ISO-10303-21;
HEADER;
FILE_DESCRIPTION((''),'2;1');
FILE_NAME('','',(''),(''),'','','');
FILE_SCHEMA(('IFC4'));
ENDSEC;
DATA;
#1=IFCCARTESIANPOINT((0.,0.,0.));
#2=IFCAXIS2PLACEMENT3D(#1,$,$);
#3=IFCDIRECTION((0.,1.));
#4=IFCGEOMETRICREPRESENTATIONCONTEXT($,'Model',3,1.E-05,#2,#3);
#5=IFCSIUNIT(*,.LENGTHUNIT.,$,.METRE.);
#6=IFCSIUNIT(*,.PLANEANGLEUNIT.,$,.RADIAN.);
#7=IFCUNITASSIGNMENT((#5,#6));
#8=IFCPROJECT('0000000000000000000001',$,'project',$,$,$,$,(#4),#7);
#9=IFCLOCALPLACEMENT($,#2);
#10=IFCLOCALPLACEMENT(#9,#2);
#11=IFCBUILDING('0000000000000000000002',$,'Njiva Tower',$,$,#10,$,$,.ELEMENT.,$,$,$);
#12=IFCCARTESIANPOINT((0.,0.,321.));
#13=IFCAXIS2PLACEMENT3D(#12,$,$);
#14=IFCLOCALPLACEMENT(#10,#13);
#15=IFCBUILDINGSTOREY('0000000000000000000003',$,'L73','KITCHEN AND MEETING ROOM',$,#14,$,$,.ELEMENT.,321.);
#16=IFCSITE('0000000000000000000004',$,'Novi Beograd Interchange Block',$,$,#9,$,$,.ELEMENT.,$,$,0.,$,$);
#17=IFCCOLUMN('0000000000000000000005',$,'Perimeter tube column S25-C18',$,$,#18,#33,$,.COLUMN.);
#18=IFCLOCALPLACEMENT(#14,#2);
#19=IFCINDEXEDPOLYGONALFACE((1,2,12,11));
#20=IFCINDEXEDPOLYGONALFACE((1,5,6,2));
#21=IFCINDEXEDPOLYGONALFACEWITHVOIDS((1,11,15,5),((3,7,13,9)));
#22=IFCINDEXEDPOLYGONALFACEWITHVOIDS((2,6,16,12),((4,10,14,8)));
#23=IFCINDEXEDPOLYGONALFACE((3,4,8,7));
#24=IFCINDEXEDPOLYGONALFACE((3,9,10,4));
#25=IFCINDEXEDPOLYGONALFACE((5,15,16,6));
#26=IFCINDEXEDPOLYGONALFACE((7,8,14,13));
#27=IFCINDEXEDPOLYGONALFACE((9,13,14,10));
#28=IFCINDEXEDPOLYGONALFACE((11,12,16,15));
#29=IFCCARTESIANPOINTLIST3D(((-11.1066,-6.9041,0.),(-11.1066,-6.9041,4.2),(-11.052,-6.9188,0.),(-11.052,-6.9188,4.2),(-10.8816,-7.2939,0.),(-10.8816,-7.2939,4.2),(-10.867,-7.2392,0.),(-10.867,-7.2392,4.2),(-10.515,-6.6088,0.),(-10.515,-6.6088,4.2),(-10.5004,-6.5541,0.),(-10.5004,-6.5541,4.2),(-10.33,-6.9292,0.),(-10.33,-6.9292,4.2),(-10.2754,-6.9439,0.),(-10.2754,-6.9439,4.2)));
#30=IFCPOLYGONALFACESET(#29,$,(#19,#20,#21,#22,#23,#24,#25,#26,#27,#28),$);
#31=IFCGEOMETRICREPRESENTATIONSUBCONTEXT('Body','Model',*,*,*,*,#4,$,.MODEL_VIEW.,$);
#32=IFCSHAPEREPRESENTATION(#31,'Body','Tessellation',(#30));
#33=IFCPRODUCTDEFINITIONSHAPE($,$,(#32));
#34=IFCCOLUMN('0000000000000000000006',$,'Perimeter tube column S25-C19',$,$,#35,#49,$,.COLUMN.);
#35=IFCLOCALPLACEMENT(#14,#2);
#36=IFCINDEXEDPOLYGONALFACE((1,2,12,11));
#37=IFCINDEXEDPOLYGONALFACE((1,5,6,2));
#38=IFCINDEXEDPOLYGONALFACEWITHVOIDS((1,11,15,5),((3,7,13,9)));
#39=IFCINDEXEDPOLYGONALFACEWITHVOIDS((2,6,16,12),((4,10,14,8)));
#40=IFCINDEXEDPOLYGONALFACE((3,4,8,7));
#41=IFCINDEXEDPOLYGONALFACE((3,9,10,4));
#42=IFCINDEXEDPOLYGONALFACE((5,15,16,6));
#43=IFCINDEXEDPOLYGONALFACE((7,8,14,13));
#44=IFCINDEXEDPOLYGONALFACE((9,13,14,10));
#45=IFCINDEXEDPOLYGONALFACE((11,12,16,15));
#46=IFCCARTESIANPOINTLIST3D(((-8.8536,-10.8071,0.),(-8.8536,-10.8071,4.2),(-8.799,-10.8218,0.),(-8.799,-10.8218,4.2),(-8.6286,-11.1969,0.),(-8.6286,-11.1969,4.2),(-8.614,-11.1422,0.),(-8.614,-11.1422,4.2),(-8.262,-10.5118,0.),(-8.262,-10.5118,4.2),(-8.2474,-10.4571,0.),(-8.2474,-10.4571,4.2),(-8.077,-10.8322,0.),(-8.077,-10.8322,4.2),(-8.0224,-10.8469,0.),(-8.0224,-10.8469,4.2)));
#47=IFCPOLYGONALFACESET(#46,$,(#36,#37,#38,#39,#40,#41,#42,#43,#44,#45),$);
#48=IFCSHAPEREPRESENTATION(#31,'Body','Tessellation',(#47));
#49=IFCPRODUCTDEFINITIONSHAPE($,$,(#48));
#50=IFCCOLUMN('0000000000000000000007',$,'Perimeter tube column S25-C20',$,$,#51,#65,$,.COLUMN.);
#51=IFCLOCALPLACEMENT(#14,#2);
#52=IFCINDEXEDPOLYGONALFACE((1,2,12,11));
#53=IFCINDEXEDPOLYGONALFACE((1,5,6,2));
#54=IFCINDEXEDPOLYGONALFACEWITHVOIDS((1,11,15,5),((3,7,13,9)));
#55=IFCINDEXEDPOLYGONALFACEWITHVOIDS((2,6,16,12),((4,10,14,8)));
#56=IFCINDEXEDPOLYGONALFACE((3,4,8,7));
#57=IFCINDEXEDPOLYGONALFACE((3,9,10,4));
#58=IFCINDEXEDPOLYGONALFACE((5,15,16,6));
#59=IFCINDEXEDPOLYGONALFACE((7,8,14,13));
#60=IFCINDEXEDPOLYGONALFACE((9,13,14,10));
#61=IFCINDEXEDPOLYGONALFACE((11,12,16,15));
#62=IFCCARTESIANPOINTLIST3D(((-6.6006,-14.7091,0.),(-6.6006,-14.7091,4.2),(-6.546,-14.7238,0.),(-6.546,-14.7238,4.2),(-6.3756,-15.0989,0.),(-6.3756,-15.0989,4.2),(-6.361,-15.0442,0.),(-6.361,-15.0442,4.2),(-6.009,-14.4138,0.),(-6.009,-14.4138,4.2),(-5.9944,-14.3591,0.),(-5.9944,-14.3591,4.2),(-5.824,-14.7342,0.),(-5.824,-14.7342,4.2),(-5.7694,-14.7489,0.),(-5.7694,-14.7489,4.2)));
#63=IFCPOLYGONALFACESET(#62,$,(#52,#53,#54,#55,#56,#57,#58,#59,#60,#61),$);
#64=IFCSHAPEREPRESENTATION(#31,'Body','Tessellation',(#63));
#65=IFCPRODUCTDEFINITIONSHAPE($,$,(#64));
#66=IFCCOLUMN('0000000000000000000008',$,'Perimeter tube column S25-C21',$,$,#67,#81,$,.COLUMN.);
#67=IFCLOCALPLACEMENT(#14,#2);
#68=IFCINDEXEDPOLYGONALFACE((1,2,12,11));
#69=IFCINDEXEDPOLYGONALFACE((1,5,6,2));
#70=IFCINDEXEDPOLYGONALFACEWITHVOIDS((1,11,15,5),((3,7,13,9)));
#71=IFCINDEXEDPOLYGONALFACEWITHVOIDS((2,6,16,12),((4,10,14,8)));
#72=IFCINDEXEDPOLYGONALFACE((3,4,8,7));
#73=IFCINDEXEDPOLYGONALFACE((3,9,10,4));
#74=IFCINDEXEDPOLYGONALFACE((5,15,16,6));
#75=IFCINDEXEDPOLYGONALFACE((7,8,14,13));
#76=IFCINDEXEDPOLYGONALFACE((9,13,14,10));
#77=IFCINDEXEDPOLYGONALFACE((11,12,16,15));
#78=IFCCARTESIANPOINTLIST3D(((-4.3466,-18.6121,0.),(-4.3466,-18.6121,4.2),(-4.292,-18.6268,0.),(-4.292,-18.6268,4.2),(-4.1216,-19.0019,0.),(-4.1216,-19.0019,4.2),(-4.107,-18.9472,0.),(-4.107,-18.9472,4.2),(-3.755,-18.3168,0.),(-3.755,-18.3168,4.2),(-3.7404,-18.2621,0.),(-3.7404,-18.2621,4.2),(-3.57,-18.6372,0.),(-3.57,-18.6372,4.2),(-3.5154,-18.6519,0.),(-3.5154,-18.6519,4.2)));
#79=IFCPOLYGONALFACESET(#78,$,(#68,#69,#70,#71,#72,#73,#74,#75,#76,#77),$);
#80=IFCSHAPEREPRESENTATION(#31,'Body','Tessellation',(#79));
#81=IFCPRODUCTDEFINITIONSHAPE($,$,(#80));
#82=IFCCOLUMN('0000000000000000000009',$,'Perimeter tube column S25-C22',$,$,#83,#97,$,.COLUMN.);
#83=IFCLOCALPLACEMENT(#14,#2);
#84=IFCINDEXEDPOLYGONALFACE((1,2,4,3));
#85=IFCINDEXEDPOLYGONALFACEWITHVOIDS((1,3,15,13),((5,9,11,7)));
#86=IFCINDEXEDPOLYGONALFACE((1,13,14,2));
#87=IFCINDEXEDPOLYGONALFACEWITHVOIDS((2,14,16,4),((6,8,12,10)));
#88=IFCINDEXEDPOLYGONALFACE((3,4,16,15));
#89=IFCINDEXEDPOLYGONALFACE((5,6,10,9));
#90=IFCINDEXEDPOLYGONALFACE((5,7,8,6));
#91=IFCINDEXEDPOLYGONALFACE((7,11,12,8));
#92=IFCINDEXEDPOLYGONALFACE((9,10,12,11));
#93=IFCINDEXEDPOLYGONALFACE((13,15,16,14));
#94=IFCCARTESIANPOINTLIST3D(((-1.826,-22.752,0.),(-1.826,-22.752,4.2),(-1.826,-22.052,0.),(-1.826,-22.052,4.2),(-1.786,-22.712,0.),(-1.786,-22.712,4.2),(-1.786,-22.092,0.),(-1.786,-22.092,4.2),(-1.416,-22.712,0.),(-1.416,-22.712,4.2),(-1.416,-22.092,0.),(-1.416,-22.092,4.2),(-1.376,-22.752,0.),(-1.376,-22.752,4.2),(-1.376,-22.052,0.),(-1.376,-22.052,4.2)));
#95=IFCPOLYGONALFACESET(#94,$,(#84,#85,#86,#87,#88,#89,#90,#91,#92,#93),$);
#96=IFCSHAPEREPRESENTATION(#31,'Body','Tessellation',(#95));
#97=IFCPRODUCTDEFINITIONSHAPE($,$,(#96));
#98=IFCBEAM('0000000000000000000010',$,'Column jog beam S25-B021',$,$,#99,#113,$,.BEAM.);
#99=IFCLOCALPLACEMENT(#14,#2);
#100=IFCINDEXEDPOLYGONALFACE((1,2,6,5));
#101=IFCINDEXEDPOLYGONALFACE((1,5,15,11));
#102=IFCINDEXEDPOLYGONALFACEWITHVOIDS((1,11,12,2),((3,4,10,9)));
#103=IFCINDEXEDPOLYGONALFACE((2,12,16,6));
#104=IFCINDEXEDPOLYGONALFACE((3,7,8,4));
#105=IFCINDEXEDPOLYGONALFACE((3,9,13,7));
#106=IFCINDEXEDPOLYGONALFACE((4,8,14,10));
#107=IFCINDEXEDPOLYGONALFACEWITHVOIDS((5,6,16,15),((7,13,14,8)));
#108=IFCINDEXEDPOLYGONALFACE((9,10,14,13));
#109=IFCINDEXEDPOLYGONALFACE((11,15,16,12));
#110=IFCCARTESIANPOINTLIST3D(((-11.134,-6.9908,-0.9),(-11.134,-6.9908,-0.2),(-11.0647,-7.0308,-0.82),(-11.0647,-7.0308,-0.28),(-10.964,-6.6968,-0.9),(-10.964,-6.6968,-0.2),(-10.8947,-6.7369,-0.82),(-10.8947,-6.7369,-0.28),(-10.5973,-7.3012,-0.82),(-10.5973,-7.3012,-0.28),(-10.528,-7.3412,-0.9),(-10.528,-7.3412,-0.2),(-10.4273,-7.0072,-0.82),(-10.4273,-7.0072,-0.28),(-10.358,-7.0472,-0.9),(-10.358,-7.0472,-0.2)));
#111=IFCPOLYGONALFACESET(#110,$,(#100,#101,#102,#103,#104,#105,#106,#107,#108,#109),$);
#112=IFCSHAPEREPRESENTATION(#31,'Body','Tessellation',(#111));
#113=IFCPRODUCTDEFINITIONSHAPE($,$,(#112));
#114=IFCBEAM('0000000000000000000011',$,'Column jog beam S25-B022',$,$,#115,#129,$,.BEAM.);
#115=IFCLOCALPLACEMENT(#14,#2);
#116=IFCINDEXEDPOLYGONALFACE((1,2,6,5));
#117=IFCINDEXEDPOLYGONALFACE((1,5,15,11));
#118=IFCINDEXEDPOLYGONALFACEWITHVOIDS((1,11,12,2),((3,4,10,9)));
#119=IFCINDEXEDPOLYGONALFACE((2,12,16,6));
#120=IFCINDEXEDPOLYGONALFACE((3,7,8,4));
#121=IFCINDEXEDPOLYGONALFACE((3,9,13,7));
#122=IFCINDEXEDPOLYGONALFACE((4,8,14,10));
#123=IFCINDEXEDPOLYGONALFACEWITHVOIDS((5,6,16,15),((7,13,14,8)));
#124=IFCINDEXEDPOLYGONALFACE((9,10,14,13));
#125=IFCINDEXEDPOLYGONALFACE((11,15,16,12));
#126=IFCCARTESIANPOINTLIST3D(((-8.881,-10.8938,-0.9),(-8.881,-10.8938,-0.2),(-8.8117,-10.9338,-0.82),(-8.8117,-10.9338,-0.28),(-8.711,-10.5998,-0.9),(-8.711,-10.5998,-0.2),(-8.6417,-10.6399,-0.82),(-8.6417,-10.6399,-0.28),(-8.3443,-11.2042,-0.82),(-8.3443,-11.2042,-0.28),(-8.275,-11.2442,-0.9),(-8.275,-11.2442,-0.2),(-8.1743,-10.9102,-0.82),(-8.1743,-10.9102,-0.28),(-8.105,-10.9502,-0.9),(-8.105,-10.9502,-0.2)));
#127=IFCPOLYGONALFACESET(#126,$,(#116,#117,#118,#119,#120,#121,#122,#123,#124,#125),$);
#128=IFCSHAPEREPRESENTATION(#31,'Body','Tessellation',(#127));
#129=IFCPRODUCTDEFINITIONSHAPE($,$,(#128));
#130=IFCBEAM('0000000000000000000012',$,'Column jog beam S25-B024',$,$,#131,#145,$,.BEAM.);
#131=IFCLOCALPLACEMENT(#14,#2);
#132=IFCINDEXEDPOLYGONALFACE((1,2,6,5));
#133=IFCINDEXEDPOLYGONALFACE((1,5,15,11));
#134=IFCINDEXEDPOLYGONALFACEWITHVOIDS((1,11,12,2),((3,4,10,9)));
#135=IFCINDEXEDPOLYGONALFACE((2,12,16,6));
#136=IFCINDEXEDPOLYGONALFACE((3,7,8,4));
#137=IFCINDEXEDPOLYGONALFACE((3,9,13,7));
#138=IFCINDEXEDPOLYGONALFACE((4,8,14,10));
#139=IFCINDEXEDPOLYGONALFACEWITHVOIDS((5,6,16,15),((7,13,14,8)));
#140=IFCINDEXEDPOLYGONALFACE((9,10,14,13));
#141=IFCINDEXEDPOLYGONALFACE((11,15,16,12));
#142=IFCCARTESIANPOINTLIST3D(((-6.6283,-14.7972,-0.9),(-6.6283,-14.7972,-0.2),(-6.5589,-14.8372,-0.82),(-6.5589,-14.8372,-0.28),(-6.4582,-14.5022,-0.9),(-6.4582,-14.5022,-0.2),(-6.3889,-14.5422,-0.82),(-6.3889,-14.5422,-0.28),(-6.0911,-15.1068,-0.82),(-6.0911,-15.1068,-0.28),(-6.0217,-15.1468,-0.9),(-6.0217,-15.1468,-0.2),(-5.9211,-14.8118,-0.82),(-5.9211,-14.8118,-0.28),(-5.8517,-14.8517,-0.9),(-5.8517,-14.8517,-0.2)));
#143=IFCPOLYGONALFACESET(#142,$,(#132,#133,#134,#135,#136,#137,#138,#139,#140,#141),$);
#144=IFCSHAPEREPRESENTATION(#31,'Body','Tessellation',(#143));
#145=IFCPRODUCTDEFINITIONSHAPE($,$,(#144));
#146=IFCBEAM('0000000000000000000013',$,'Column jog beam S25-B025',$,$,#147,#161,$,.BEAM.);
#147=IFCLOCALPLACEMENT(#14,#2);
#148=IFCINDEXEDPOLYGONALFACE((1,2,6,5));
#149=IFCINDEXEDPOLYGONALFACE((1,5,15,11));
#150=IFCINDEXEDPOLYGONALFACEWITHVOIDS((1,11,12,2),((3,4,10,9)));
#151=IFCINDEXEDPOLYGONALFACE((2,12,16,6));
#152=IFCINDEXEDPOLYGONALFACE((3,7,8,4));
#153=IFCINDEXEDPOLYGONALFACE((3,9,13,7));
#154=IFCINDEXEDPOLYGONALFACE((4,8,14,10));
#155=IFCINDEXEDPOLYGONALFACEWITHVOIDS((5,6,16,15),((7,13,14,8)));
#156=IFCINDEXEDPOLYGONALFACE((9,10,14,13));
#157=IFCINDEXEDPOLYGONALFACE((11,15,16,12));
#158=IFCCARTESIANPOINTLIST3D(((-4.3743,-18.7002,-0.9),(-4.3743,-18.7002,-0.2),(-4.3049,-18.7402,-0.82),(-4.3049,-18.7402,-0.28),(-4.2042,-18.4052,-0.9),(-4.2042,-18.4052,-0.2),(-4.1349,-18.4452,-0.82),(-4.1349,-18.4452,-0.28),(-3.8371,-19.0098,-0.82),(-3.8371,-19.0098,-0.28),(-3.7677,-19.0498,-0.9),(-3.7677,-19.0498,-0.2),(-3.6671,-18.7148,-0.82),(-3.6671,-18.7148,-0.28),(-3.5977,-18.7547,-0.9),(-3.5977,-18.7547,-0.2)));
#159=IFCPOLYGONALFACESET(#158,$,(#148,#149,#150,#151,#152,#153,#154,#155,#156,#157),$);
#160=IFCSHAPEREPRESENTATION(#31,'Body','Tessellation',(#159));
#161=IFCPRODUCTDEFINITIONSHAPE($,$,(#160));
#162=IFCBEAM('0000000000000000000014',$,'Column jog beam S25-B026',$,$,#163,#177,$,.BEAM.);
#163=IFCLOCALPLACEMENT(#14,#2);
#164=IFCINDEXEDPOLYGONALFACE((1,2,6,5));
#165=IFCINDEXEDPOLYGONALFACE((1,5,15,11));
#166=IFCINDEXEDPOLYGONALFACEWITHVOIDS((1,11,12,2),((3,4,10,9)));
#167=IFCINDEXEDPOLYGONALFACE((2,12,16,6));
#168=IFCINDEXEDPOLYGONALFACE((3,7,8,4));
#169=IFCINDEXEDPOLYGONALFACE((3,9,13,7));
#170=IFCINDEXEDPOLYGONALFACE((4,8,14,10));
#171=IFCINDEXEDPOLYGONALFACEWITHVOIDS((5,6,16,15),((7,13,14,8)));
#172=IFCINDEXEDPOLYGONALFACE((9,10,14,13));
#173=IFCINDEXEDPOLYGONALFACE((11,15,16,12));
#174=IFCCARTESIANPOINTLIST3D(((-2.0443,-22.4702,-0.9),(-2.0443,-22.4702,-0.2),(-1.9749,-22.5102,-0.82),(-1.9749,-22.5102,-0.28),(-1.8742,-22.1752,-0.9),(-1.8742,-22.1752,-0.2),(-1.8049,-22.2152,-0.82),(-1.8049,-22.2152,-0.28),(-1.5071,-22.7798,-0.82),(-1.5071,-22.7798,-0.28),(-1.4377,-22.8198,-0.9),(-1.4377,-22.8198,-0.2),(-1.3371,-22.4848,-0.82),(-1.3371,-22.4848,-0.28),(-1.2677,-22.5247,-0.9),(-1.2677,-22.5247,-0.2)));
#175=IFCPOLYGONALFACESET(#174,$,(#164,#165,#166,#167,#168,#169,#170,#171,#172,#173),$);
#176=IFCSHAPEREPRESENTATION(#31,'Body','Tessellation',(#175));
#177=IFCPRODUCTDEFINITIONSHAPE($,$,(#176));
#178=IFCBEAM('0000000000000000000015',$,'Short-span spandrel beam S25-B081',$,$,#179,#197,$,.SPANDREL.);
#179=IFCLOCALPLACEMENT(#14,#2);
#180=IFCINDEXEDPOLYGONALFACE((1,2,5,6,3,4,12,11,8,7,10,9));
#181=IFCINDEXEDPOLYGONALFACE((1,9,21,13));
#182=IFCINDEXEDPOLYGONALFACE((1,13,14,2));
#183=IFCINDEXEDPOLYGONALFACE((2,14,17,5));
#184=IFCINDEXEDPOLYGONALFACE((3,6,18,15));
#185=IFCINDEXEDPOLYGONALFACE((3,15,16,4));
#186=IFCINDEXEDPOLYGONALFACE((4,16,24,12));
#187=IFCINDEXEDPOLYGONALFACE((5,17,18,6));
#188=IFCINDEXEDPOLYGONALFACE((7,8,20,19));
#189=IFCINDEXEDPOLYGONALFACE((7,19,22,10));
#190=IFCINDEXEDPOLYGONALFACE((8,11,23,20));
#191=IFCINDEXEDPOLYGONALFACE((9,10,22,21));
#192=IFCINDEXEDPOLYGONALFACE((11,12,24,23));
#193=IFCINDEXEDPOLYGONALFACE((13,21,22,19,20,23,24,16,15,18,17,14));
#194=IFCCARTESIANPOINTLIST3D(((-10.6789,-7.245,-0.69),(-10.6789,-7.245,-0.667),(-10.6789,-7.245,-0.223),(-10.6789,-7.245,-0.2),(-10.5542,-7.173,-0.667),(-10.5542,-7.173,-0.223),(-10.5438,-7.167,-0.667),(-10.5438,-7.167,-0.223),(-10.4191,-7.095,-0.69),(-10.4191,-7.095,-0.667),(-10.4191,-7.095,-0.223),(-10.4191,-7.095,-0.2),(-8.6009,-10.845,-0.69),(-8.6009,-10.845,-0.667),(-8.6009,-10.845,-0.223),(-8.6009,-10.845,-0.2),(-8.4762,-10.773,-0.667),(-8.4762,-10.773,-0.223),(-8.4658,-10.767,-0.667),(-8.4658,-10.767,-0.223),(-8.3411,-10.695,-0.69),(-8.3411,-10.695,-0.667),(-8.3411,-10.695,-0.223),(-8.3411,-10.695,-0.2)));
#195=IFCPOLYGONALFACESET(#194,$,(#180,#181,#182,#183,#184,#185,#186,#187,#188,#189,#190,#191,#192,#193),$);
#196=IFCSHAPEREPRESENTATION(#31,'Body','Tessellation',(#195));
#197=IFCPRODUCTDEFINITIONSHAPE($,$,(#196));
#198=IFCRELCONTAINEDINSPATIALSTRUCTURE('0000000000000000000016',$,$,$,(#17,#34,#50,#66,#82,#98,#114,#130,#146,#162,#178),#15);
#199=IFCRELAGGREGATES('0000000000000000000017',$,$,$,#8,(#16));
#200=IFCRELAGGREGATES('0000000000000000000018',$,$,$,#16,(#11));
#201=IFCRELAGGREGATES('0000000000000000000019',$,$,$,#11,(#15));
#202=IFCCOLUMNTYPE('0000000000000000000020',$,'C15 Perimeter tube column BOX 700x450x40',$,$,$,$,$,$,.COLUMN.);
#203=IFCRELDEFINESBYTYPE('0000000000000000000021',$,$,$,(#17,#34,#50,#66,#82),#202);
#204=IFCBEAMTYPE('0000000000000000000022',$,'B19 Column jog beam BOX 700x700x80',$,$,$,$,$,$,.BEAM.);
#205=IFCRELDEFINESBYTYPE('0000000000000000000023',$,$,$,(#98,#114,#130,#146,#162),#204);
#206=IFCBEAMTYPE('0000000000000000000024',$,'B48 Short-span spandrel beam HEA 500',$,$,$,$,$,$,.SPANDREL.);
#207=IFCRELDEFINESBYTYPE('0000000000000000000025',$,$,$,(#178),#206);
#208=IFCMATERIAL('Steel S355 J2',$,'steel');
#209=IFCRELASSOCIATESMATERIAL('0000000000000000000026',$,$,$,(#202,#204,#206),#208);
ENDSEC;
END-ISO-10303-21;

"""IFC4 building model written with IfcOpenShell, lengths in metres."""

from ifc_helpers import new_model, si_unit, direction, frame, origin, origin_2d, place, context, subcontext, project, spatial, hollow_rectangle, i_section, extrude, material, material_profile, profile_set, type_object, element, save


model = new_model("IFC4")

# Units and contexts
model_context = context("Model", 3, precision=1e-05, world=origin(), true_north=direction((0.0, 1.0)))
body_context = subcontext(model_context, "Body", "Model", "MODEL_VIEW")
ifc_project = project(units=[si_unit("LENGTHUNIT", "METRE"), si_unit("PLANEANGLEUNIT", "RADIAN")], contexts=[model_context])

# Site, building, storey
site_placement = place(None, origin())
site = spatial("IfcSite", under=ifc_project, at=site_placement, Name="Novi Beograd Interchange Block", CompositionType="ELEMENT", RefElevation=0.0)
building_placement = place(site_placement, origin())
building = spatial("IfcBuilding", under=site, at=building_placement, Name="Njiva Tower", CompositionType="ELEMENT")
storey_placement = place(building_placement, frame((0.0, 0.0, 321.0)))
storey = spatial("IfcBuildingStorey", under=building, at=storey_placement, Name="L73", Description="KITCHEN AND MEETING ROOM", CompositionType="ELEMENT", Elevation=321.0)

# Columns
ifc_material_1 = material(Name="Steel S355 J2", Category="steel")
ifc_material_profile_1 = material_profile(ifc_material_1, hollow_rectangle(XDim=0.45, YDim=0.7, WallThickness=0.04, at=origin_2d()), Name="BOX 700x450x40")
ifc_profile_set_1 = profile_set([ifc_material_profile_1], Name="Steel S355 J2")
column_type = type_object("IfcColumnType", Name="C15 Perimeter tube column BOX 700x450x40", PredefinedType="COLUMN", material=ifc_profile_set_1)
for number, where, z_axis, x_axis, name in (
    (1, (-10.691, -6.924, 0.0), (0.0, 0.0, 1.0), (0.5, -0.866025, 0.0), "Perimeter tube column S25-C18"),
    (2, (-8.438, -10.827, 0.0), (0.0, 0.0, 1.0), (0.5, -0.866025, 0.0), "Perimeter tube column S25-C19"),
    (3, (-6.185, -14.729, 0.0), (0.0, 0.0, 1.0), (0.5, -0.866025, 0.0), "Perimeter tube column S25-C20"),
    (4, (-3.931, -18.632, 0.0), (0.0, 0.0, 1.0), (0.5, -0.866025, 0.0), "Perimeter tube column S25-C21"),
    (5, (-1.601, -22.402, 0.0), (0.0, 0.0, 1.0), (1.0, 0.0, 0.0), "Perimeter tube column S25-C22"),
):
    element("IfcColumn", number, at=place(storey_placement, frame(where, z_axis=z_axis, x_axis=x_axis)), inside=storey, type_object=column_type, Name=name, PredefinedType="COLUMN", context=body_context, shape_type="SweptSolid", body=[
        extrude(hollow_rectangle(XDim=0.45, YDim=0.7, WallThickness=0.04, at=origin_2d()), origin(), (0.0, 0.0, 1.0), 4.2),
    ])

# Beams
ifc_material_profile_2 = material_profile(ifc_material_1, hollow_rectangle(XDim=0.7, YDim=0.7, WallThickness=0.08, at=origin_2d()), Name="BOX 700x700x80")
ifc_profile_set_2 = profile_set([ifc_material_profile_2], Name="Steel S355 J2")
beam_type_1 = type_object("IfcBeamType", Name="B19 Column jog beam BOX 700x700x80", PredefinedType="BEAM", material=ifc_profile_set_2)
for number, where, z_axis, x_axis, name in (
    (6, (-10.831, -7.166, -0.55), (0.500572, 0.865695, 0.0), (-0.865695, 0.500572, 0.0), "Column jog beam S25-B021"),
    (7, (-8.578, -11.069, -0.55), (0.500572, 0.865695, 0.0), (-0.865695, 0.500572, 0.0), "Column jog beam S25-B022"),
):
    element("IfcBeam", number, at=place(storey_placement, frame(where, z_axis=z_axis, x_axis=x_axis)), inside=storey, type_object=beam_type_1, Name=name, PredefinedType="BEAM", context=body_context, shape_type="SweptSolid", body=[
        extrude(hollow_rectangle(XDim=0.7, YDim=0.7, WallThickness=0.08, at=origin_2d()), origin(), (0.0, 0.0, 1.0), 0.3396),
    ])
for number, where, z_axis, x_axis, name in (
    (8, (-6.325, -14.972, -0.55), (0.499299, 0.86643, 0.0), (-0.86643, 0.499299, 0.0), "Column jog beam S25-B024"),
    (9, (-4.071, -18.875, -0.55), (0.499299, 0.86643, 0.0), (-0.86643, 0.499299, 0.0), "Column jog beam S25-B025"),
    (10, (-1.741, -22.645, -0.55), (0.499299, 0.86643, 0.0), (-0.86643, 0.499299, 0.0), "Column jog beam S25-B026"),
):
    element("IfcBeam", number, at=place(storey_placement, frame(where, z_axis=z_axis, x_axis=x_axis)), inside=storey, type_object=beam_type_1, Name=name, PredefinedType="BEAM", context=body_context, shape_type="SweptSolid", body=[
        extrude(hollow_rectangle(XDim=0.7, YDim=0.7, WallThickness=0.08, at=origin_2d()), origin(), (0.0, 0.0, 1.0), 0.3405),
    ])
ifc_material_profile_3 = material_profile(ifc_material_1, i_section(OverallWidth=0.3, OverallDepth=0.49, WebThickness=0.012, FlangeThickness=0.023, at=origin_2d()), Name="HEA 500")
ifc_profile_set_3 = profile_set([ifc_material_profile_3], Name="Steel S355 J2")
beam_type_2 = type_object("IfcBeamType", Name="B48 Short-span spandrel beam HEA 500", PredefinedType="SPANDREL", material=ifc_profile_set_3)
beam_1_placement = place(storey_placement, frame((-10.549, -7.17, -0.445), z_axis=(0.499917, -0.866073, 0.0), x_axis=(0.866073, 0.499917, 0.0)))
element("IfcBeam", 11, at=beam_1_placement, inside=storey, type_object=beam_type_2, Name="Short-span spandrel beam S25-B081", PredefinedType="SPANDREL", context=body_context, shape_type="SweptSolid", body=[
    extrude(i_section(OverallWidth=0.3, OverallDepth=0.49, WebThickness=0.012, FlangeThickness=0.023, at=origin_2d()), origin(), (0.0, 0.0, 1.0), 4.1567),
])

save(model, "model.ifc")
